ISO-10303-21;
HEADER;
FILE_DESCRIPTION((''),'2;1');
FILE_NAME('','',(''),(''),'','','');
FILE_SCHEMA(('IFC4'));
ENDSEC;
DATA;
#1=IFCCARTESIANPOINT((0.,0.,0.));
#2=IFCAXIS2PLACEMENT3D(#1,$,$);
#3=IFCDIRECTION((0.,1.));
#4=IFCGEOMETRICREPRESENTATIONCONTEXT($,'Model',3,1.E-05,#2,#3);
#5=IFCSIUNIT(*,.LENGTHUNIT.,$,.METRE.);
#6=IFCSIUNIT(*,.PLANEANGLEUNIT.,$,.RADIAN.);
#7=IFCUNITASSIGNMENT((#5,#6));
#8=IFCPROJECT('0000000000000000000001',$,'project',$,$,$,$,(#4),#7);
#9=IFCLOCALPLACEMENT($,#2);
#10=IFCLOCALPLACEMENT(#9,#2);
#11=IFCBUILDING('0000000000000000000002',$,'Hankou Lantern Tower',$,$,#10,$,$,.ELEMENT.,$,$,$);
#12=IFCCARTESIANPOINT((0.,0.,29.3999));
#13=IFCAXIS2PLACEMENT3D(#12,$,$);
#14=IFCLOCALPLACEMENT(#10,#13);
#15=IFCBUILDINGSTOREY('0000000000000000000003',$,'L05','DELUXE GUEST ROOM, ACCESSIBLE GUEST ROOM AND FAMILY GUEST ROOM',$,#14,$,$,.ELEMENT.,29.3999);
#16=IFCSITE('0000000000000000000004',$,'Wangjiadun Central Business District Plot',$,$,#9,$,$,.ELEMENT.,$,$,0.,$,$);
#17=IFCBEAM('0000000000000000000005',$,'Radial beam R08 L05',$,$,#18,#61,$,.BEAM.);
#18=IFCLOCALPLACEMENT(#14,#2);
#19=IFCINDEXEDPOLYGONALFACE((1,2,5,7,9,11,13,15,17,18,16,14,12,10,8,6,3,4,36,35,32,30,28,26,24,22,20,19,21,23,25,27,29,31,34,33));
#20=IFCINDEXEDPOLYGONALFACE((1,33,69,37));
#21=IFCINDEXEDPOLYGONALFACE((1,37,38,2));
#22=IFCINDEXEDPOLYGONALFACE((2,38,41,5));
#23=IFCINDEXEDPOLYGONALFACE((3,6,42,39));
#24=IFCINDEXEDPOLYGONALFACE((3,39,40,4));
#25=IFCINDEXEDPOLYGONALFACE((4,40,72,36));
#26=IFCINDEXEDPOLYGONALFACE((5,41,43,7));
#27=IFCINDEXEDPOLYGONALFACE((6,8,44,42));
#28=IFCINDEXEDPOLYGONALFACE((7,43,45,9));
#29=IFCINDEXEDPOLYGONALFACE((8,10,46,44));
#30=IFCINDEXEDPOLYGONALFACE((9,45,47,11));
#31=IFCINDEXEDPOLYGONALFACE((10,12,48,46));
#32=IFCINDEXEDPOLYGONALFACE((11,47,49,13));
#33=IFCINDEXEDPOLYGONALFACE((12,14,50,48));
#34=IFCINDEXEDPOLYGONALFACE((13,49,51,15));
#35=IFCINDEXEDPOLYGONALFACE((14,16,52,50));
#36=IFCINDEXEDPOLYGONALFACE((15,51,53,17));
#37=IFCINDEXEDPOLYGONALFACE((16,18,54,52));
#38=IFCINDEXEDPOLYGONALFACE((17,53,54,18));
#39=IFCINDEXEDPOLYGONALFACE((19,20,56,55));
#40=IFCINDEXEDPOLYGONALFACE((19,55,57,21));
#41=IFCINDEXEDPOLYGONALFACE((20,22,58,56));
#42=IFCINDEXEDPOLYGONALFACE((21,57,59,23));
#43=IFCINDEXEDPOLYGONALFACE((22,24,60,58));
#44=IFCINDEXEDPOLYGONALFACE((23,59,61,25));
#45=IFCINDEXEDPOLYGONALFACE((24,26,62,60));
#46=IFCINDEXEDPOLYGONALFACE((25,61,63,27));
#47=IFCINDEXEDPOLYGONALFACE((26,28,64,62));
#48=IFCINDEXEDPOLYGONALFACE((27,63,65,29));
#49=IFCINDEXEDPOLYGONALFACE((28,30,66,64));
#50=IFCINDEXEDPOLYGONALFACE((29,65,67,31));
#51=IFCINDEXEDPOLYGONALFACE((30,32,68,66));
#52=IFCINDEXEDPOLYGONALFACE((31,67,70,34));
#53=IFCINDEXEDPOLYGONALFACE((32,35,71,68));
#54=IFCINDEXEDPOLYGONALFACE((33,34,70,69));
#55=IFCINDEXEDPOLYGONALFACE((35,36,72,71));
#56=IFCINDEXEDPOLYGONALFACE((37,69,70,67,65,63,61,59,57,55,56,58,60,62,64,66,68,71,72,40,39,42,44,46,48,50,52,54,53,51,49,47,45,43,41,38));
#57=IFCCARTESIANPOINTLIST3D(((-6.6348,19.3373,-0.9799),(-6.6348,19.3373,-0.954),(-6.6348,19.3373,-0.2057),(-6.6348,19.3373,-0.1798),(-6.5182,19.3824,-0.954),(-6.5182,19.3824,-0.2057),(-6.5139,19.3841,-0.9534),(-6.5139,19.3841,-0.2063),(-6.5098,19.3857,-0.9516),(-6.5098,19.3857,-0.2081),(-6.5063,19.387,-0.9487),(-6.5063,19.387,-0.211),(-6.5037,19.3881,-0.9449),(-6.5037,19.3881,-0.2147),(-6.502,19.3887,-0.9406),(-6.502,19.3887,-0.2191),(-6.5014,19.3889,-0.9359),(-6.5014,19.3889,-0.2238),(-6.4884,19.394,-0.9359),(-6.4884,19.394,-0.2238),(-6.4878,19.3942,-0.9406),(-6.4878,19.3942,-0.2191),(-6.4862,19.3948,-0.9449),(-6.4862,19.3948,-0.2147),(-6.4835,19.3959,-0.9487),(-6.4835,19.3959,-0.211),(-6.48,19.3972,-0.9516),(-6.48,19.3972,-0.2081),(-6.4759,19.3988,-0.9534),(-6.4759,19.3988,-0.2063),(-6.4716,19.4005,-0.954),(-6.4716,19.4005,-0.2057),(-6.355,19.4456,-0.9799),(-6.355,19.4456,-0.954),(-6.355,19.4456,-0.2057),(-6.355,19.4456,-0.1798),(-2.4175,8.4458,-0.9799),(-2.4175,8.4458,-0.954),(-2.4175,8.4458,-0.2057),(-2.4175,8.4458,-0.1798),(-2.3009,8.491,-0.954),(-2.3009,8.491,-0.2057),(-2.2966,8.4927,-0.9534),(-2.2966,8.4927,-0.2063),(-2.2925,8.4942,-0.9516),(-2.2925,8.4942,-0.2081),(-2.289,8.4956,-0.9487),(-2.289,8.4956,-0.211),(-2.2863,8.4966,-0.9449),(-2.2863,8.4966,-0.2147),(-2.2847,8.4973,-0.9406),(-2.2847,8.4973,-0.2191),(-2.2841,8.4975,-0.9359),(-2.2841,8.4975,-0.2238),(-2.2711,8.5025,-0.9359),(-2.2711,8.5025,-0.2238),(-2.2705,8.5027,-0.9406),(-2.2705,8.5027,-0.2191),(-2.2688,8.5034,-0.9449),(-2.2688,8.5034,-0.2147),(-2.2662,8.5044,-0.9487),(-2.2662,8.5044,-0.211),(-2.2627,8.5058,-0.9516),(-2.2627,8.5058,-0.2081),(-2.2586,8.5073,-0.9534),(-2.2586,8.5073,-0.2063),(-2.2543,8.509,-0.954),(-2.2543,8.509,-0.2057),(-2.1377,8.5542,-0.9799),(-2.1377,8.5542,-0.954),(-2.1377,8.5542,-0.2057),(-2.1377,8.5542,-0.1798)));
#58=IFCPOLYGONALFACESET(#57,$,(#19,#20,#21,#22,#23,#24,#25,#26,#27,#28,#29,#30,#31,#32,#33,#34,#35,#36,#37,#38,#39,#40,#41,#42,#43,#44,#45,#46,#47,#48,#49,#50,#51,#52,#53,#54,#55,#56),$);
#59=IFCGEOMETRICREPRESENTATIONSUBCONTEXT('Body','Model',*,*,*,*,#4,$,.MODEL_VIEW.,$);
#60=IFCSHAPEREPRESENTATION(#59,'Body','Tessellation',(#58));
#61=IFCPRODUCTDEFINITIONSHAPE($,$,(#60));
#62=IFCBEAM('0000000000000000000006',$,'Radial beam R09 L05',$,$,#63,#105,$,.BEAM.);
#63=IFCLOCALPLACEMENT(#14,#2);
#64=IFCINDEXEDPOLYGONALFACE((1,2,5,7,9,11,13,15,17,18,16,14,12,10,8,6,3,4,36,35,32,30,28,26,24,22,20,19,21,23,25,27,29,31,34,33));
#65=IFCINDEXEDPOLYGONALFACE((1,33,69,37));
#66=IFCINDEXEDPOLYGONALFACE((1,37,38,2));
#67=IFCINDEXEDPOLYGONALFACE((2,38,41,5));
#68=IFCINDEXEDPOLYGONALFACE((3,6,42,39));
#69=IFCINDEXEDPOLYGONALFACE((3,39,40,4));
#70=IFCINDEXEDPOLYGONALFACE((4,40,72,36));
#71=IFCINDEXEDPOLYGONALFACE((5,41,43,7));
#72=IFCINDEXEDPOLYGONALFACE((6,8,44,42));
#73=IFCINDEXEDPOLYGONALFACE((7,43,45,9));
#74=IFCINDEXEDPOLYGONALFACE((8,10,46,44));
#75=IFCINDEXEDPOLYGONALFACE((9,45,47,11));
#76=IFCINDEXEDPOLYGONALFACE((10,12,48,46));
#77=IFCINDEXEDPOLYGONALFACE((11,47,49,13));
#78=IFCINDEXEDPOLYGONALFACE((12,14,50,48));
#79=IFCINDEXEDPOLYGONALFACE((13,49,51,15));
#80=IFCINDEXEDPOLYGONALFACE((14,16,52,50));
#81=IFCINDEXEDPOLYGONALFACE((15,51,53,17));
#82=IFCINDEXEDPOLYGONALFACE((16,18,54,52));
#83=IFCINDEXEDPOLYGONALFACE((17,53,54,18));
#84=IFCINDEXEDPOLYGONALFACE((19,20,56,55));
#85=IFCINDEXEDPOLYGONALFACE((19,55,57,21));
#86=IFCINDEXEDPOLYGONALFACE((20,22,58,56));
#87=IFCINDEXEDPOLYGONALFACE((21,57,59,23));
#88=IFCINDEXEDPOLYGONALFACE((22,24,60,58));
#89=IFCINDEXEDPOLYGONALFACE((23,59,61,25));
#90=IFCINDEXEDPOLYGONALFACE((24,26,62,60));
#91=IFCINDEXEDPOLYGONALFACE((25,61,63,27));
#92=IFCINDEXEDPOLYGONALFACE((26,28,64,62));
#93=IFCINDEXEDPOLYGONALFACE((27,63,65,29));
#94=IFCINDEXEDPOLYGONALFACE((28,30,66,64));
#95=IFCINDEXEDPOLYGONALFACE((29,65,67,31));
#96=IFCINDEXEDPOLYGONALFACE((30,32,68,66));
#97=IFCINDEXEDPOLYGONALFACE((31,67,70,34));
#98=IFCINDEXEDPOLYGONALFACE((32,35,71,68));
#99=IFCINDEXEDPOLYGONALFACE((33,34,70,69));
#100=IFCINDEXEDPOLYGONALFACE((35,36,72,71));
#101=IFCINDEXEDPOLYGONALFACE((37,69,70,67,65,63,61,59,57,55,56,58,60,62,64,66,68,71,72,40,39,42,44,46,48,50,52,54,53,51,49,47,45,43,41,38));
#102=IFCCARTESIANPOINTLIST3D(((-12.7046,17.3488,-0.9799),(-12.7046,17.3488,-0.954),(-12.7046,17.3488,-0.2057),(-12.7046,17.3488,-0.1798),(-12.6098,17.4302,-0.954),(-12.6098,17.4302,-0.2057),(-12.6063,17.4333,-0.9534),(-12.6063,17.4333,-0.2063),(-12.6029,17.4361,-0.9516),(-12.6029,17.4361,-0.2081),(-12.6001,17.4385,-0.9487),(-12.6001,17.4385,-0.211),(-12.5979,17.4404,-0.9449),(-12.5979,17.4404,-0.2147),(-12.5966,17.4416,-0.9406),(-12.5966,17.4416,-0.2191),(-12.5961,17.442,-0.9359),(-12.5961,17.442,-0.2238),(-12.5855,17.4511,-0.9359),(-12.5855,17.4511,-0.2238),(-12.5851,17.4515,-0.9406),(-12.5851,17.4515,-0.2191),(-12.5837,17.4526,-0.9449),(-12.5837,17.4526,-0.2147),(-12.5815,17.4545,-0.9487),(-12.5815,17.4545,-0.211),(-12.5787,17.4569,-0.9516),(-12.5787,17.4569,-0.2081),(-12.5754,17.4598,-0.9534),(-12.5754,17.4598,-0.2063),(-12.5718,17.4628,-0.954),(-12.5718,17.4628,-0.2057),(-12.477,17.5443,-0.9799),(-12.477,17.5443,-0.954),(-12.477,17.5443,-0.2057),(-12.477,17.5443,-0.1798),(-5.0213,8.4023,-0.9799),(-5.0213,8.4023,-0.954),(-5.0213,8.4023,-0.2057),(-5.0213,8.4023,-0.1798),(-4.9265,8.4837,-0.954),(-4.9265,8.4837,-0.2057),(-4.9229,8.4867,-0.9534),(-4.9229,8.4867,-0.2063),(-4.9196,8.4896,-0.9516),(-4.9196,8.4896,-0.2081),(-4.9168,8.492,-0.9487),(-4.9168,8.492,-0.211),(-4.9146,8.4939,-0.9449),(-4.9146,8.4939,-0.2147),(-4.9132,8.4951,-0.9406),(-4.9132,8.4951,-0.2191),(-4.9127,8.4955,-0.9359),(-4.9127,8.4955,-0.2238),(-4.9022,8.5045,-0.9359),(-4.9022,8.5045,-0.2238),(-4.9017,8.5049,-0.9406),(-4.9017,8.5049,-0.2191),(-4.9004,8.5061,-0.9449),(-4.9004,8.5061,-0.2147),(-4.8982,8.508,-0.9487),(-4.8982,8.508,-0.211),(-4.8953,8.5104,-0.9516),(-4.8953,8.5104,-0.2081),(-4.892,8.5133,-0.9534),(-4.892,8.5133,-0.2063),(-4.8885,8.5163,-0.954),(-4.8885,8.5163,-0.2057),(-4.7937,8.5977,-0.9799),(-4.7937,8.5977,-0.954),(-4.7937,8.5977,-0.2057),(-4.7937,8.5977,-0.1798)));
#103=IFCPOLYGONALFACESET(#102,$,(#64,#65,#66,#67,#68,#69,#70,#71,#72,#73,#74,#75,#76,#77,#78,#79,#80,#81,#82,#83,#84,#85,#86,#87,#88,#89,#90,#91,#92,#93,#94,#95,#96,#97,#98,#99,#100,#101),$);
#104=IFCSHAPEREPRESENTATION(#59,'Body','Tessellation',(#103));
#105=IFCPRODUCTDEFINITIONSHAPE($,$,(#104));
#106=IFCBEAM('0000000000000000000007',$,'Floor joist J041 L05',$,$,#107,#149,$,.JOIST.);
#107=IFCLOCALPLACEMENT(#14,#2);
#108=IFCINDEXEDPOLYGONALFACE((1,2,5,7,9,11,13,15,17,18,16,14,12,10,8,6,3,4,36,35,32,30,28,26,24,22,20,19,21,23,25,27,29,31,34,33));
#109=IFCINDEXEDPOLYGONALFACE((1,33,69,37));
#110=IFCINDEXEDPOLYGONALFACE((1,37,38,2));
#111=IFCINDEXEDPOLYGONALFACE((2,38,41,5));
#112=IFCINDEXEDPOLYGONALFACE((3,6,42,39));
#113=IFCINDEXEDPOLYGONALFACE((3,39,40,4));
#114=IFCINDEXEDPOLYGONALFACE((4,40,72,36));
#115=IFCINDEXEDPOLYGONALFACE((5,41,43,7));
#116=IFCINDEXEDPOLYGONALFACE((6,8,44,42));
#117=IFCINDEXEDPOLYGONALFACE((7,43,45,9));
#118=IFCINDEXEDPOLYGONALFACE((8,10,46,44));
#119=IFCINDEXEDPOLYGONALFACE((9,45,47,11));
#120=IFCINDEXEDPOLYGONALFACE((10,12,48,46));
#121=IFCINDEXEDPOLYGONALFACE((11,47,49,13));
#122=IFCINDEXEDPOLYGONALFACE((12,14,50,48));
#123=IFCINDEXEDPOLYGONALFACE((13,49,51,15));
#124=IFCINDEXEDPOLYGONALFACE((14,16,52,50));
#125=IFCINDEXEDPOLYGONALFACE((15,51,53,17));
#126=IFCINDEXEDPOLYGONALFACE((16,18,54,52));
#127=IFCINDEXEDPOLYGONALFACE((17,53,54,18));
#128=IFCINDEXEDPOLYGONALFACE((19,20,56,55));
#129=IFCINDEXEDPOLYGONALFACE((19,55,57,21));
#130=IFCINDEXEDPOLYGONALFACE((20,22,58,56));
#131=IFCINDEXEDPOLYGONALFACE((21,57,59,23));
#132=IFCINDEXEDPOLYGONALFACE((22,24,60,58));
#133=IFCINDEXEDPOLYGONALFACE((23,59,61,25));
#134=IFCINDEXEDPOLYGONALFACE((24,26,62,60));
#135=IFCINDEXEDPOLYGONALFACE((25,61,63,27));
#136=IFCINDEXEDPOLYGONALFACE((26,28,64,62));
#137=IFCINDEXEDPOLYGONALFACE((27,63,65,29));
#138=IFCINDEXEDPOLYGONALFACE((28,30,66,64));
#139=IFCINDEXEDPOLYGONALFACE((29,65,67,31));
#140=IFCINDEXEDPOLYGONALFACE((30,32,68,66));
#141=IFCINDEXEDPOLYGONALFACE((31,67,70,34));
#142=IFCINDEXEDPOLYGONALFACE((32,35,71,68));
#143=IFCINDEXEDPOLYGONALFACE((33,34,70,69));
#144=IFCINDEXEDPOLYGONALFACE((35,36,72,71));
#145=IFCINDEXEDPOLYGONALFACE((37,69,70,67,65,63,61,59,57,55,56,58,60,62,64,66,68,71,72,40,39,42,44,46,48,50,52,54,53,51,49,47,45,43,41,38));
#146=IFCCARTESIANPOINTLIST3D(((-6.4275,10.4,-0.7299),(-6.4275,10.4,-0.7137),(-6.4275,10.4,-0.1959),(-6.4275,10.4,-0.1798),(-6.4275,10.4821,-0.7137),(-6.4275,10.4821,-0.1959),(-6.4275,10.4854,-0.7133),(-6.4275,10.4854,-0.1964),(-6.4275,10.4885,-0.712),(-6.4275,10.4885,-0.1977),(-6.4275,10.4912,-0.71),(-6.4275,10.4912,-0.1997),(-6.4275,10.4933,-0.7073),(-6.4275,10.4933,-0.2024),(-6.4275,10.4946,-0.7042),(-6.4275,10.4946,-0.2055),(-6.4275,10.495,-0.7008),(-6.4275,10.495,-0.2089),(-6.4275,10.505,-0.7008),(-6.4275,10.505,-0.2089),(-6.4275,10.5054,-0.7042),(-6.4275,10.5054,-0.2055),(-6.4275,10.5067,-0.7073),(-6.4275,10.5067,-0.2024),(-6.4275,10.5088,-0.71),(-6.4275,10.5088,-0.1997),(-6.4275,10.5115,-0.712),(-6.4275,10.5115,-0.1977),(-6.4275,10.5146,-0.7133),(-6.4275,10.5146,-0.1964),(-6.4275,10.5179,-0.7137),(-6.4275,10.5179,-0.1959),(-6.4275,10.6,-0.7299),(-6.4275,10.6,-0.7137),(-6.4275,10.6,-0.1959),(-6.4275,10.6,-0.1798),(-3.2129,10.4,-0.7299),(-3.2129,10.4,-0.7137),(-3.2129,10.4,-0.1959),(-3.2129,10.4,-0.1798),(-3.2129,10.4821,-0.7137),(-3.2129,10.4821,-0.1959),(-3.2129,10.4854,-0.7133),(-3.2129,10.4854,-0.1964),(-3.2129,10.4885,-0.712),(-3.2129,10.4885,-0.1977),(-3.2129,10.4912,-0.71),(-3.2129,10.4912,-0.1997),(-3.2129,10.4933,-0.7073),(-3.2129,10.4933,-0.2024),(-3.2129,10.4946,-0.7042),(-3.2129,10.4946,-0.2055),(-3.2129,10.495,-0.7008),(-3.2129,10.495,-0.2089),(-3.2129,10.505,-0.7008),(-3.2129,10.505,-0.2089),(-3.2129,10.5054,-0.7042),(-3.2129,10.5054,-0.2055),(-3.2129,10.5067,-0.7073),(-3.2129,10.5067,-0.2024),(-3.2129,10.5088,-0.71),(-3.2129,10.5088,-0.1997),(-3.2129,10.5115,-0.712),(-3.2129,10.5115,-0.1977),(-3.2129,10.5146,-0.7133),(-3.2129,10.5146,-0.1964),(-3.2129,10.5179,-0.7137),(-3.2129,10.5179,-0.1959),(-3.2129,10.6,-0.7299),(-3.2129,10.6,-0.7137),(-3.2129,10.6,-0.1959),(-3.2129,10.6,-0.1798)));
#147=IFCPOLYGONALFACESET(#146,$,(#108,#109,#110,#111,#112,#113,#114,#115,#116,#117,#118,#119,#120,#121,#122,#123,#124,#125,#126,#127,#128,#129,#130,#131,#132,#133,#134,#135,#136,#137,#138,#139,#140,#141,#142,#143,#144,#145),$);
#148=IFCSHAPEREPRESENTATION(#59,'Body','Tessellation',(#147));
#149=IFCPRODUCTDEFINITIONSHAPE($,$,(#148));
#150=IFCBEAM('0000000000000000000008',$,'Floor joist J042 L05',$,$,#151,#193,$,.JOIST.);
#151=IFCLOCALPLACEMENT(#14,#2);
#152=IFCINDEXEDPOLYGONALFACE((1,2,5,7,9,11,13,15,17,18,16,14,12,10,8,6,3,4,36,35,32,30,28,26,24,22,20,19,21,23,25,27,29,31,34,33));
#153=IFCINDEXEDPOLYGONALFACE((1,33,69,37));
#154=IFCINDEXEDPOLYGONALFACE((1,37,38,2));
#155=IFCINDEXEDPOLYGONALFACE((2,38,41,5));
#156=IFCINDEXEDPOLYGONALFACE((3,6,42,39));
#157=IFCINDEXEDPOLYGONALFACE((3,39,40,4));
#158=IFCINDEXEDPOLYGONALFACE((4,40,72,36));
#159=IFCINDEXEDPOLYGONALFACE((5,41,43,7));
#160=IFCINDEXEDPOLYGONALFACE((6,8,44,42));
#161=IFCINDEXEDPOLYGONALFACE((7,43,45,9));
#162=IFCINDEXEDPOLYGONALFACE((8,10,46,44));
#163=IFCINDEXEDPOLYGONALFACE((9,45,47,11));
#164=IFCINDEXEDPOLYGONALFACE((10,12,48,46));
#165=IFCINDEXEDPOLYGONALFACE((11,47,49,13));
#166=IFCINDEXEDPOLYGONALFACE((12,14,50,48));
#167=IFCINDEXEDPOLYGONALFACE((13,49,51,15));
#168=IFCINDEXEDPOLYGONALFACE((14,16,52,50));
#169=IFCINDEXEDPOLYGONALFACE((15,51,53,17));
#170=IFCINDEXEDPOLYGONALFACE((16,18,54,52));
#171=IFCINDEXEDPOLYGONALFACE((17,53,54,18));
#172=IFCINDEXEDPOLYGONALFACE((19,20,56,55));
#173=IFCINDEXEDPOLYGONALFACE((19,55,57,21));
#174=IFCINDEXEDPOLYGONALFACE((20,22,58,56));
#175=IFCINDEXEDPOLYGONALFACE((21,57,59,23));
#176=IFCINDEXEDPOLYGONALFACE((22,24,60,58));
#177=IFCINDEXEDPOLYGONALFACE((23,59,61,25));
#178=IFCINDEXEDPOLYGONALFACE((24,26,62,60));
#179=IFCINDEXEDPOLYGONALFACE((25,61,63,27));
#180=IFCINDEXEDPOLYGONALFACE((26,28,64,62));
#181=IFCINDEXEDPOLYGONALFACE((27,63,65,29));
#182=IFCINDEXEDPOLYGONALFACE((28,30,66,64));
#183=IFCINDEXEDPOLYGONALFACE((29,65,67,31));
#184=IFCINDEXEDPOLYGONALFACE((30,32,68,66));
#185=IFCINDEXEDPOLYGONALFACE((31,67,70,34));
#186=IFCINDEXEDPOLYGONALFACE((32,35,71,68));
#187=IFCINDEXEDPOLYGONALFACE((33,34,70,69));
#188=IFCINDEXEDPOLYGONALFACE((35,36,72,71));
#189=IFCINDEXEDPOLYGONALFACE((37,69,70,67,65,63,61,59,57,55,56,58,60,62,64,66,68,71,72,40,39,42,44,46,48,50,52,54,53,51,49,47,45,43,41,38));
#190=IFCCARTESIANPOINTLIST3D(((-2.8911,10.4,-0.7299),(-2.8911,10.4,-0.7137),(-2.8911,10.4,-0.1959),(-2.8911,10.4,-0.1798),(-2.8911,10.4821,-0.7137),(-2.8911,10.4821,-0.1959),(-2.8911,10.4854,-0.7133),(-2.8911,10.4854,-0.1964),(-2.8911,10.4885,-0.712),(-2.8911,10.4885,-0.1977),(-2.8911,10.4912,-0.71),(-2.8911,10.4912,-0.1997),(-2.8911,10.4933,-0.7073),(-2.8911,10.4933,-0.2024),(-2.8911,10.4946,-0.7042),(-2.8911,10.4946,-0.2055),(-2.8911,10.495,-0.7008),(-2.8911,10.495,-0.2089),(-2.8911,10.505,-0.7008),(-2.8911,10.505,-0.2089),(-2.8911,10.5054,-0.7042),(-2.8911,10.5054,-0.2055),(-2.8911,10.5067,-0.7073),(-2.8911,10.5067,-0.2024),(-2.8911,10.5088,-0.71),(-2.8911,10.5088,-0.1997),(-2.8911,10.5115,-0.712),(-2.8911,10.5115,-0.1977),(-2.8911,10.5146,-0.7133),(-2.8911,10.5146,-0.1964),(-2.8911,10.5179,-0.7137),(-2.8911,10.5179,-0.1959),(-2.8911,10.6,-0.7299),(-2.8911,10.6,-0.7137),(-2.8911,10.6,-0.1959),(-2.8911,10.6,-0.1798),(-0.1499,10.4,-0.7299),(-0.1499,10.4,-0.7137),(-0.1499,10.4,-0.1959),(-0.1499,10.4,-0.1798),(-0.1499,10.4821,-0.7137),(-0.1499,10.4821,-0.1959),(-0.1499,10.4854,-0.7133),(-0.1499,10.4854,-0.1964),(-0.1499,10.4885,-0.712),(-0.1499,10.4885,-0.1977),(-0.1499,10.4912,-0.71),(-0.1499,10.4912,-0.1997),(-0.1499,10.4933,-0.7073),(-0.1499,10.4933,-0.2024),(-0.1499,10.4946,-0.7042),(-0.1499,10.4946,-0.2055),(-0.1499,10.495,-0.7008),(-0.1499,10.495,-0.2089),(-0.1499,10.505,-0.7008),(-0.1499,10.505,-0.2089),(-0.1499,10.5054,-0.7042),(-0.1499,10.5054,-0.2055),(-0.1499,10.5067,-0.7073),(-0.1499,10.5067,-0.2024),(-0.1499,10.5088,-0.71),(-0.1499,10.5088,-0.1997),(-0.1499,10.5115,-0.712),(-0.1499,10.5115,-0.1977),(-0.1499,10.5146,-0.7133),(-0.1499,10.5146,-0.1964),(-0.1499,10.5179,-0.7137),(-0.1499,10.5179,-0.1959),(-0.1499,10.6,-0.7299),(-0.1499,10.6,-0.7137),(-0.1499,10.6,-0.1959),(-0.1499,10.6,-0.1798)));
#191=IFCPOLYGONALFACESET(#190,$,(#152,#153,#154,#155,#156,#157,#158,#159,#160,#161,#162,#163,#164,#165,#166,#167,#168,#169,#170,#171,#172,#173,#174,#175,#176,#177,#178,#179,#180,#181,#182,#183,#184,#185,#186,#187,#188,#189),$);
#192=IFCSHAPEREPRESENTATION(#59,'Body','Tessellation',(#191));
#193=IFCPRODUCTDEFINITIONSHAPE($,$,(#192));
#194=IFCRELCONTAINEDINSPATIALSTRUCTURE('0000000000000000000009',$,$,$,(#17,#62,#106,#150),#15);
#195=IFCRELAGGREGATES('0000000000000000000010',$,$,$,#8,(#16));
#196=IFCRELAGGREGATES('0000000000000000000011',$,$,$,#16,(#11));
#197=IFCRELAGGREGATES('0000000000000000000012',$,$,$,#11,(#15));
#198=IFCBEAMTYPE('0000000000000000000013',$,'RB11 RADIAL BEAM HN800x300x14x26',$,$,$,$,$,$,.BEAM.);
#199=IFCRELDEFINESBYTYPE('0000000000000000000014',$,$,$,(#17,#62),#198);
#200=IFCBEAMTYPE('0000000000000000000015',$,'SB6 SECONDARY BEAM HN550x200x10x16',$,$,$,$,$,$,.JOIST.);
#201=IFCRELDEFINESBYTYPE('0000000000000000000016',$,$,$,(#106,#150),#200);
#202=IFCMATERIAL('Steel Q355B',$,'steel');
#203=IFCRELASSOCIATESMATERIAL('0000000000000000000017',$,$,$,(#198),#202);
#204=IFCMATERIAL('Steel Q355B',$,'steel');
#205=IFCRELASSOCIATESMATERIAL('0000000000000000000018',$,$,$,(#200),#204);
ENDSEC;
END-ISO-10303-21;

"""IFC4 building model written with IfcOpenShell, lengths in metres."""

from ifc_helpers import new_model, si_unit, direction, frame, origin, origin_2d, place, context, subcontext, project, spatial, i_section, extrude, material, material_profile, profile_set, type_object, element, save


model = new_model("IFC4")

# Units and contexts
model_context = context("Model", 3, precision=1e-05, world=origin(), true_north=direction((0.0, 1.0)))
body_context = subcontext(model_context, "Body", "Model", "MODEL_VIEW")
ifc_project = project(units=[si_unit("LENGTHUNIT", "METRE"), si_unit("PLANEANGLEUNIT", "RADIAN")], contexts=[model_context])

# Site, building, storey
site_placement = place(None, origin())
site = spatial("IfcSite", under=ifc_project, at=site_placement, Name="Wangjiadun Central Business District Plot", CompositionType="ELEMENT", RefElevation=0.0)
building_placement = place(site_placement, origin())
building = spatial("IfcBuilding", under=site, at=building_placement, Name="Hankou Lantern Tower", CompositionType="ELEMENT")
storey_placement = place(building_placement, frame((0.0, 0.0, 29.3999)))
storey = spatial("IfcBuildingStorey", under=building, at=storey_placement, Name="L05", Description="DELUXE GUEST ROOM, ACCESSIBLE GUEST ROOM AND FAMILY GUEST ROOM", CompositionType="ELEMENT", Elevation=29.3999)

# Beams
ifc_material_1 = material(Name="Steel Q355B", Category="steel")
ifc_material_profile_1 = material_profile(ifc_material_1, i_section(OverallWidth=0.3, OverallDepth=0.8, WebThickness=0.0139, FlangeThickness=0.0259, FilletRadius=0.0181, at=origin_2d()), Name="HN800x300x14x26")
ifc_profile_set_1 = profile_set([ifc_material_profile_1], Name="Steel Q355B")
beam_type_1 = type_object("IfcBeamType", Name="RB11 RADIAL BEAM HN800x300x14x26", PredefinedType="BEAM", material=ifc_profile_set_1)
beam_1_placement = place(storey_placement, frame((-2.2776, 8.5, -0.5798), z_axis=(-0.361089, 0.932531, 0.0), x_axis=(-0.932531, -0.361089, 0.0)))
element("IfcBeam", 1, at=beam_1_placement, inside=storey, type_object=beam_type_1, Name="Radial beam R08 L05", PredefinedType="BEAM", context=body_context, shape_type="SweptSolid", body=[
    extrude(i_section(OverallWidth=0.3, OverallDepth=0.8, WebThickness=0.0139, FlangeThickness=0.0259, FilletRadius=0.0181, at=origin_2d()), origin(), (0.0, 0.0, 1.0), 11.6794),
])
beam_2_placement = place(storey_placement, frame((-4.9075, 8.5, -0.5798), z_axis=(-0.651519, 0.758632, 0.0), x_axis=(-0.758632, -0.651519, 0.0)))
element("IfcBeam", 2, at=beam_2_placement, inside=storey, type_object=beam_type_1, Name="Radial beam R09 L05", PredefinedType="BEAM", context=body_context, shape_type="SweptSolid", body=[
    extrude(i_section(OverallWidth=0.3, OverallDepth=0.8, WebThickness=0.0139, FlangeThickness=0.0259, FilletRadius=0.0181, at=origin_2d()), origin(), (0.0, 0.0, 1.0), 11.793),
])
ifc_material_2 = material(Name="Steel Q355B", Category="steel")
ifc_material_profile_2 = material_profile(ifc_material_2, i_section(OverallWidth=0.2, OverallDepth=0.55, WebThickness=0.01, FlangeThickness=0.0161, FilletRadius=0.0129, at=origin_2d()), Name="HN550x200x10x16")
ifc_profile_set_2 = profile_set([ifc_material_profile_2], Name="Steel Q355B")
beam_type_2 = type_object("IfcBeamType", Name="SB6 SECONDARY BEAM HN550x200x10x16", PredefinedType="JOIST", material=ifc_profile_set_2)
beam_3_placement = place(storey_placement, frame((-6.4275, 10.5, -0.4548), z_axis=(1.0, 0.0, 0.0), x_axis=(0.0, 1.0, 0.0)))
element("IfcBeam", 3, at=beam_3_placement, inside=storey, type_object=beam_type_2, Name="Floor joist J041 L05", PredefinedType="JOIST", context=body_context, shape_type="SweptSolid", body=[
    extrude(i_section(OverallWidth=0.2, OverallDepth=0.55, WebThickness=0.01, FlangeThickness=0.0161, FilletRadius=0.0129, at=origin_2d()), origin(), (0.0, 0.0, 1.0), 3.2146),
])
beam_4_placement = place(storey_placement, frame((-2.8911, 10.5, -0.4548), z_axis=(1.0, 0.0, 0.0), x_axis=(0.0, 1.0, 0.0)))
element("IfcBeam", 4, at=beam_4_placement, inside=storey, type_object=beam_type_2, Name="Floor joist J042 L05", PredefinedType="JOIST", context=body_context, shape_type="SweptSolid", body=[
    extrude(i_section(OverallWidth=0.2, OverallDepth=0.55, WebThickness=0.01, FlangeThickness=0.0161, FilletRadius=0.0129, at=origin_2d()), origin(), (0.0, 0.0, 1.0), 2.7412),
])

save(model, "model.ifc")
